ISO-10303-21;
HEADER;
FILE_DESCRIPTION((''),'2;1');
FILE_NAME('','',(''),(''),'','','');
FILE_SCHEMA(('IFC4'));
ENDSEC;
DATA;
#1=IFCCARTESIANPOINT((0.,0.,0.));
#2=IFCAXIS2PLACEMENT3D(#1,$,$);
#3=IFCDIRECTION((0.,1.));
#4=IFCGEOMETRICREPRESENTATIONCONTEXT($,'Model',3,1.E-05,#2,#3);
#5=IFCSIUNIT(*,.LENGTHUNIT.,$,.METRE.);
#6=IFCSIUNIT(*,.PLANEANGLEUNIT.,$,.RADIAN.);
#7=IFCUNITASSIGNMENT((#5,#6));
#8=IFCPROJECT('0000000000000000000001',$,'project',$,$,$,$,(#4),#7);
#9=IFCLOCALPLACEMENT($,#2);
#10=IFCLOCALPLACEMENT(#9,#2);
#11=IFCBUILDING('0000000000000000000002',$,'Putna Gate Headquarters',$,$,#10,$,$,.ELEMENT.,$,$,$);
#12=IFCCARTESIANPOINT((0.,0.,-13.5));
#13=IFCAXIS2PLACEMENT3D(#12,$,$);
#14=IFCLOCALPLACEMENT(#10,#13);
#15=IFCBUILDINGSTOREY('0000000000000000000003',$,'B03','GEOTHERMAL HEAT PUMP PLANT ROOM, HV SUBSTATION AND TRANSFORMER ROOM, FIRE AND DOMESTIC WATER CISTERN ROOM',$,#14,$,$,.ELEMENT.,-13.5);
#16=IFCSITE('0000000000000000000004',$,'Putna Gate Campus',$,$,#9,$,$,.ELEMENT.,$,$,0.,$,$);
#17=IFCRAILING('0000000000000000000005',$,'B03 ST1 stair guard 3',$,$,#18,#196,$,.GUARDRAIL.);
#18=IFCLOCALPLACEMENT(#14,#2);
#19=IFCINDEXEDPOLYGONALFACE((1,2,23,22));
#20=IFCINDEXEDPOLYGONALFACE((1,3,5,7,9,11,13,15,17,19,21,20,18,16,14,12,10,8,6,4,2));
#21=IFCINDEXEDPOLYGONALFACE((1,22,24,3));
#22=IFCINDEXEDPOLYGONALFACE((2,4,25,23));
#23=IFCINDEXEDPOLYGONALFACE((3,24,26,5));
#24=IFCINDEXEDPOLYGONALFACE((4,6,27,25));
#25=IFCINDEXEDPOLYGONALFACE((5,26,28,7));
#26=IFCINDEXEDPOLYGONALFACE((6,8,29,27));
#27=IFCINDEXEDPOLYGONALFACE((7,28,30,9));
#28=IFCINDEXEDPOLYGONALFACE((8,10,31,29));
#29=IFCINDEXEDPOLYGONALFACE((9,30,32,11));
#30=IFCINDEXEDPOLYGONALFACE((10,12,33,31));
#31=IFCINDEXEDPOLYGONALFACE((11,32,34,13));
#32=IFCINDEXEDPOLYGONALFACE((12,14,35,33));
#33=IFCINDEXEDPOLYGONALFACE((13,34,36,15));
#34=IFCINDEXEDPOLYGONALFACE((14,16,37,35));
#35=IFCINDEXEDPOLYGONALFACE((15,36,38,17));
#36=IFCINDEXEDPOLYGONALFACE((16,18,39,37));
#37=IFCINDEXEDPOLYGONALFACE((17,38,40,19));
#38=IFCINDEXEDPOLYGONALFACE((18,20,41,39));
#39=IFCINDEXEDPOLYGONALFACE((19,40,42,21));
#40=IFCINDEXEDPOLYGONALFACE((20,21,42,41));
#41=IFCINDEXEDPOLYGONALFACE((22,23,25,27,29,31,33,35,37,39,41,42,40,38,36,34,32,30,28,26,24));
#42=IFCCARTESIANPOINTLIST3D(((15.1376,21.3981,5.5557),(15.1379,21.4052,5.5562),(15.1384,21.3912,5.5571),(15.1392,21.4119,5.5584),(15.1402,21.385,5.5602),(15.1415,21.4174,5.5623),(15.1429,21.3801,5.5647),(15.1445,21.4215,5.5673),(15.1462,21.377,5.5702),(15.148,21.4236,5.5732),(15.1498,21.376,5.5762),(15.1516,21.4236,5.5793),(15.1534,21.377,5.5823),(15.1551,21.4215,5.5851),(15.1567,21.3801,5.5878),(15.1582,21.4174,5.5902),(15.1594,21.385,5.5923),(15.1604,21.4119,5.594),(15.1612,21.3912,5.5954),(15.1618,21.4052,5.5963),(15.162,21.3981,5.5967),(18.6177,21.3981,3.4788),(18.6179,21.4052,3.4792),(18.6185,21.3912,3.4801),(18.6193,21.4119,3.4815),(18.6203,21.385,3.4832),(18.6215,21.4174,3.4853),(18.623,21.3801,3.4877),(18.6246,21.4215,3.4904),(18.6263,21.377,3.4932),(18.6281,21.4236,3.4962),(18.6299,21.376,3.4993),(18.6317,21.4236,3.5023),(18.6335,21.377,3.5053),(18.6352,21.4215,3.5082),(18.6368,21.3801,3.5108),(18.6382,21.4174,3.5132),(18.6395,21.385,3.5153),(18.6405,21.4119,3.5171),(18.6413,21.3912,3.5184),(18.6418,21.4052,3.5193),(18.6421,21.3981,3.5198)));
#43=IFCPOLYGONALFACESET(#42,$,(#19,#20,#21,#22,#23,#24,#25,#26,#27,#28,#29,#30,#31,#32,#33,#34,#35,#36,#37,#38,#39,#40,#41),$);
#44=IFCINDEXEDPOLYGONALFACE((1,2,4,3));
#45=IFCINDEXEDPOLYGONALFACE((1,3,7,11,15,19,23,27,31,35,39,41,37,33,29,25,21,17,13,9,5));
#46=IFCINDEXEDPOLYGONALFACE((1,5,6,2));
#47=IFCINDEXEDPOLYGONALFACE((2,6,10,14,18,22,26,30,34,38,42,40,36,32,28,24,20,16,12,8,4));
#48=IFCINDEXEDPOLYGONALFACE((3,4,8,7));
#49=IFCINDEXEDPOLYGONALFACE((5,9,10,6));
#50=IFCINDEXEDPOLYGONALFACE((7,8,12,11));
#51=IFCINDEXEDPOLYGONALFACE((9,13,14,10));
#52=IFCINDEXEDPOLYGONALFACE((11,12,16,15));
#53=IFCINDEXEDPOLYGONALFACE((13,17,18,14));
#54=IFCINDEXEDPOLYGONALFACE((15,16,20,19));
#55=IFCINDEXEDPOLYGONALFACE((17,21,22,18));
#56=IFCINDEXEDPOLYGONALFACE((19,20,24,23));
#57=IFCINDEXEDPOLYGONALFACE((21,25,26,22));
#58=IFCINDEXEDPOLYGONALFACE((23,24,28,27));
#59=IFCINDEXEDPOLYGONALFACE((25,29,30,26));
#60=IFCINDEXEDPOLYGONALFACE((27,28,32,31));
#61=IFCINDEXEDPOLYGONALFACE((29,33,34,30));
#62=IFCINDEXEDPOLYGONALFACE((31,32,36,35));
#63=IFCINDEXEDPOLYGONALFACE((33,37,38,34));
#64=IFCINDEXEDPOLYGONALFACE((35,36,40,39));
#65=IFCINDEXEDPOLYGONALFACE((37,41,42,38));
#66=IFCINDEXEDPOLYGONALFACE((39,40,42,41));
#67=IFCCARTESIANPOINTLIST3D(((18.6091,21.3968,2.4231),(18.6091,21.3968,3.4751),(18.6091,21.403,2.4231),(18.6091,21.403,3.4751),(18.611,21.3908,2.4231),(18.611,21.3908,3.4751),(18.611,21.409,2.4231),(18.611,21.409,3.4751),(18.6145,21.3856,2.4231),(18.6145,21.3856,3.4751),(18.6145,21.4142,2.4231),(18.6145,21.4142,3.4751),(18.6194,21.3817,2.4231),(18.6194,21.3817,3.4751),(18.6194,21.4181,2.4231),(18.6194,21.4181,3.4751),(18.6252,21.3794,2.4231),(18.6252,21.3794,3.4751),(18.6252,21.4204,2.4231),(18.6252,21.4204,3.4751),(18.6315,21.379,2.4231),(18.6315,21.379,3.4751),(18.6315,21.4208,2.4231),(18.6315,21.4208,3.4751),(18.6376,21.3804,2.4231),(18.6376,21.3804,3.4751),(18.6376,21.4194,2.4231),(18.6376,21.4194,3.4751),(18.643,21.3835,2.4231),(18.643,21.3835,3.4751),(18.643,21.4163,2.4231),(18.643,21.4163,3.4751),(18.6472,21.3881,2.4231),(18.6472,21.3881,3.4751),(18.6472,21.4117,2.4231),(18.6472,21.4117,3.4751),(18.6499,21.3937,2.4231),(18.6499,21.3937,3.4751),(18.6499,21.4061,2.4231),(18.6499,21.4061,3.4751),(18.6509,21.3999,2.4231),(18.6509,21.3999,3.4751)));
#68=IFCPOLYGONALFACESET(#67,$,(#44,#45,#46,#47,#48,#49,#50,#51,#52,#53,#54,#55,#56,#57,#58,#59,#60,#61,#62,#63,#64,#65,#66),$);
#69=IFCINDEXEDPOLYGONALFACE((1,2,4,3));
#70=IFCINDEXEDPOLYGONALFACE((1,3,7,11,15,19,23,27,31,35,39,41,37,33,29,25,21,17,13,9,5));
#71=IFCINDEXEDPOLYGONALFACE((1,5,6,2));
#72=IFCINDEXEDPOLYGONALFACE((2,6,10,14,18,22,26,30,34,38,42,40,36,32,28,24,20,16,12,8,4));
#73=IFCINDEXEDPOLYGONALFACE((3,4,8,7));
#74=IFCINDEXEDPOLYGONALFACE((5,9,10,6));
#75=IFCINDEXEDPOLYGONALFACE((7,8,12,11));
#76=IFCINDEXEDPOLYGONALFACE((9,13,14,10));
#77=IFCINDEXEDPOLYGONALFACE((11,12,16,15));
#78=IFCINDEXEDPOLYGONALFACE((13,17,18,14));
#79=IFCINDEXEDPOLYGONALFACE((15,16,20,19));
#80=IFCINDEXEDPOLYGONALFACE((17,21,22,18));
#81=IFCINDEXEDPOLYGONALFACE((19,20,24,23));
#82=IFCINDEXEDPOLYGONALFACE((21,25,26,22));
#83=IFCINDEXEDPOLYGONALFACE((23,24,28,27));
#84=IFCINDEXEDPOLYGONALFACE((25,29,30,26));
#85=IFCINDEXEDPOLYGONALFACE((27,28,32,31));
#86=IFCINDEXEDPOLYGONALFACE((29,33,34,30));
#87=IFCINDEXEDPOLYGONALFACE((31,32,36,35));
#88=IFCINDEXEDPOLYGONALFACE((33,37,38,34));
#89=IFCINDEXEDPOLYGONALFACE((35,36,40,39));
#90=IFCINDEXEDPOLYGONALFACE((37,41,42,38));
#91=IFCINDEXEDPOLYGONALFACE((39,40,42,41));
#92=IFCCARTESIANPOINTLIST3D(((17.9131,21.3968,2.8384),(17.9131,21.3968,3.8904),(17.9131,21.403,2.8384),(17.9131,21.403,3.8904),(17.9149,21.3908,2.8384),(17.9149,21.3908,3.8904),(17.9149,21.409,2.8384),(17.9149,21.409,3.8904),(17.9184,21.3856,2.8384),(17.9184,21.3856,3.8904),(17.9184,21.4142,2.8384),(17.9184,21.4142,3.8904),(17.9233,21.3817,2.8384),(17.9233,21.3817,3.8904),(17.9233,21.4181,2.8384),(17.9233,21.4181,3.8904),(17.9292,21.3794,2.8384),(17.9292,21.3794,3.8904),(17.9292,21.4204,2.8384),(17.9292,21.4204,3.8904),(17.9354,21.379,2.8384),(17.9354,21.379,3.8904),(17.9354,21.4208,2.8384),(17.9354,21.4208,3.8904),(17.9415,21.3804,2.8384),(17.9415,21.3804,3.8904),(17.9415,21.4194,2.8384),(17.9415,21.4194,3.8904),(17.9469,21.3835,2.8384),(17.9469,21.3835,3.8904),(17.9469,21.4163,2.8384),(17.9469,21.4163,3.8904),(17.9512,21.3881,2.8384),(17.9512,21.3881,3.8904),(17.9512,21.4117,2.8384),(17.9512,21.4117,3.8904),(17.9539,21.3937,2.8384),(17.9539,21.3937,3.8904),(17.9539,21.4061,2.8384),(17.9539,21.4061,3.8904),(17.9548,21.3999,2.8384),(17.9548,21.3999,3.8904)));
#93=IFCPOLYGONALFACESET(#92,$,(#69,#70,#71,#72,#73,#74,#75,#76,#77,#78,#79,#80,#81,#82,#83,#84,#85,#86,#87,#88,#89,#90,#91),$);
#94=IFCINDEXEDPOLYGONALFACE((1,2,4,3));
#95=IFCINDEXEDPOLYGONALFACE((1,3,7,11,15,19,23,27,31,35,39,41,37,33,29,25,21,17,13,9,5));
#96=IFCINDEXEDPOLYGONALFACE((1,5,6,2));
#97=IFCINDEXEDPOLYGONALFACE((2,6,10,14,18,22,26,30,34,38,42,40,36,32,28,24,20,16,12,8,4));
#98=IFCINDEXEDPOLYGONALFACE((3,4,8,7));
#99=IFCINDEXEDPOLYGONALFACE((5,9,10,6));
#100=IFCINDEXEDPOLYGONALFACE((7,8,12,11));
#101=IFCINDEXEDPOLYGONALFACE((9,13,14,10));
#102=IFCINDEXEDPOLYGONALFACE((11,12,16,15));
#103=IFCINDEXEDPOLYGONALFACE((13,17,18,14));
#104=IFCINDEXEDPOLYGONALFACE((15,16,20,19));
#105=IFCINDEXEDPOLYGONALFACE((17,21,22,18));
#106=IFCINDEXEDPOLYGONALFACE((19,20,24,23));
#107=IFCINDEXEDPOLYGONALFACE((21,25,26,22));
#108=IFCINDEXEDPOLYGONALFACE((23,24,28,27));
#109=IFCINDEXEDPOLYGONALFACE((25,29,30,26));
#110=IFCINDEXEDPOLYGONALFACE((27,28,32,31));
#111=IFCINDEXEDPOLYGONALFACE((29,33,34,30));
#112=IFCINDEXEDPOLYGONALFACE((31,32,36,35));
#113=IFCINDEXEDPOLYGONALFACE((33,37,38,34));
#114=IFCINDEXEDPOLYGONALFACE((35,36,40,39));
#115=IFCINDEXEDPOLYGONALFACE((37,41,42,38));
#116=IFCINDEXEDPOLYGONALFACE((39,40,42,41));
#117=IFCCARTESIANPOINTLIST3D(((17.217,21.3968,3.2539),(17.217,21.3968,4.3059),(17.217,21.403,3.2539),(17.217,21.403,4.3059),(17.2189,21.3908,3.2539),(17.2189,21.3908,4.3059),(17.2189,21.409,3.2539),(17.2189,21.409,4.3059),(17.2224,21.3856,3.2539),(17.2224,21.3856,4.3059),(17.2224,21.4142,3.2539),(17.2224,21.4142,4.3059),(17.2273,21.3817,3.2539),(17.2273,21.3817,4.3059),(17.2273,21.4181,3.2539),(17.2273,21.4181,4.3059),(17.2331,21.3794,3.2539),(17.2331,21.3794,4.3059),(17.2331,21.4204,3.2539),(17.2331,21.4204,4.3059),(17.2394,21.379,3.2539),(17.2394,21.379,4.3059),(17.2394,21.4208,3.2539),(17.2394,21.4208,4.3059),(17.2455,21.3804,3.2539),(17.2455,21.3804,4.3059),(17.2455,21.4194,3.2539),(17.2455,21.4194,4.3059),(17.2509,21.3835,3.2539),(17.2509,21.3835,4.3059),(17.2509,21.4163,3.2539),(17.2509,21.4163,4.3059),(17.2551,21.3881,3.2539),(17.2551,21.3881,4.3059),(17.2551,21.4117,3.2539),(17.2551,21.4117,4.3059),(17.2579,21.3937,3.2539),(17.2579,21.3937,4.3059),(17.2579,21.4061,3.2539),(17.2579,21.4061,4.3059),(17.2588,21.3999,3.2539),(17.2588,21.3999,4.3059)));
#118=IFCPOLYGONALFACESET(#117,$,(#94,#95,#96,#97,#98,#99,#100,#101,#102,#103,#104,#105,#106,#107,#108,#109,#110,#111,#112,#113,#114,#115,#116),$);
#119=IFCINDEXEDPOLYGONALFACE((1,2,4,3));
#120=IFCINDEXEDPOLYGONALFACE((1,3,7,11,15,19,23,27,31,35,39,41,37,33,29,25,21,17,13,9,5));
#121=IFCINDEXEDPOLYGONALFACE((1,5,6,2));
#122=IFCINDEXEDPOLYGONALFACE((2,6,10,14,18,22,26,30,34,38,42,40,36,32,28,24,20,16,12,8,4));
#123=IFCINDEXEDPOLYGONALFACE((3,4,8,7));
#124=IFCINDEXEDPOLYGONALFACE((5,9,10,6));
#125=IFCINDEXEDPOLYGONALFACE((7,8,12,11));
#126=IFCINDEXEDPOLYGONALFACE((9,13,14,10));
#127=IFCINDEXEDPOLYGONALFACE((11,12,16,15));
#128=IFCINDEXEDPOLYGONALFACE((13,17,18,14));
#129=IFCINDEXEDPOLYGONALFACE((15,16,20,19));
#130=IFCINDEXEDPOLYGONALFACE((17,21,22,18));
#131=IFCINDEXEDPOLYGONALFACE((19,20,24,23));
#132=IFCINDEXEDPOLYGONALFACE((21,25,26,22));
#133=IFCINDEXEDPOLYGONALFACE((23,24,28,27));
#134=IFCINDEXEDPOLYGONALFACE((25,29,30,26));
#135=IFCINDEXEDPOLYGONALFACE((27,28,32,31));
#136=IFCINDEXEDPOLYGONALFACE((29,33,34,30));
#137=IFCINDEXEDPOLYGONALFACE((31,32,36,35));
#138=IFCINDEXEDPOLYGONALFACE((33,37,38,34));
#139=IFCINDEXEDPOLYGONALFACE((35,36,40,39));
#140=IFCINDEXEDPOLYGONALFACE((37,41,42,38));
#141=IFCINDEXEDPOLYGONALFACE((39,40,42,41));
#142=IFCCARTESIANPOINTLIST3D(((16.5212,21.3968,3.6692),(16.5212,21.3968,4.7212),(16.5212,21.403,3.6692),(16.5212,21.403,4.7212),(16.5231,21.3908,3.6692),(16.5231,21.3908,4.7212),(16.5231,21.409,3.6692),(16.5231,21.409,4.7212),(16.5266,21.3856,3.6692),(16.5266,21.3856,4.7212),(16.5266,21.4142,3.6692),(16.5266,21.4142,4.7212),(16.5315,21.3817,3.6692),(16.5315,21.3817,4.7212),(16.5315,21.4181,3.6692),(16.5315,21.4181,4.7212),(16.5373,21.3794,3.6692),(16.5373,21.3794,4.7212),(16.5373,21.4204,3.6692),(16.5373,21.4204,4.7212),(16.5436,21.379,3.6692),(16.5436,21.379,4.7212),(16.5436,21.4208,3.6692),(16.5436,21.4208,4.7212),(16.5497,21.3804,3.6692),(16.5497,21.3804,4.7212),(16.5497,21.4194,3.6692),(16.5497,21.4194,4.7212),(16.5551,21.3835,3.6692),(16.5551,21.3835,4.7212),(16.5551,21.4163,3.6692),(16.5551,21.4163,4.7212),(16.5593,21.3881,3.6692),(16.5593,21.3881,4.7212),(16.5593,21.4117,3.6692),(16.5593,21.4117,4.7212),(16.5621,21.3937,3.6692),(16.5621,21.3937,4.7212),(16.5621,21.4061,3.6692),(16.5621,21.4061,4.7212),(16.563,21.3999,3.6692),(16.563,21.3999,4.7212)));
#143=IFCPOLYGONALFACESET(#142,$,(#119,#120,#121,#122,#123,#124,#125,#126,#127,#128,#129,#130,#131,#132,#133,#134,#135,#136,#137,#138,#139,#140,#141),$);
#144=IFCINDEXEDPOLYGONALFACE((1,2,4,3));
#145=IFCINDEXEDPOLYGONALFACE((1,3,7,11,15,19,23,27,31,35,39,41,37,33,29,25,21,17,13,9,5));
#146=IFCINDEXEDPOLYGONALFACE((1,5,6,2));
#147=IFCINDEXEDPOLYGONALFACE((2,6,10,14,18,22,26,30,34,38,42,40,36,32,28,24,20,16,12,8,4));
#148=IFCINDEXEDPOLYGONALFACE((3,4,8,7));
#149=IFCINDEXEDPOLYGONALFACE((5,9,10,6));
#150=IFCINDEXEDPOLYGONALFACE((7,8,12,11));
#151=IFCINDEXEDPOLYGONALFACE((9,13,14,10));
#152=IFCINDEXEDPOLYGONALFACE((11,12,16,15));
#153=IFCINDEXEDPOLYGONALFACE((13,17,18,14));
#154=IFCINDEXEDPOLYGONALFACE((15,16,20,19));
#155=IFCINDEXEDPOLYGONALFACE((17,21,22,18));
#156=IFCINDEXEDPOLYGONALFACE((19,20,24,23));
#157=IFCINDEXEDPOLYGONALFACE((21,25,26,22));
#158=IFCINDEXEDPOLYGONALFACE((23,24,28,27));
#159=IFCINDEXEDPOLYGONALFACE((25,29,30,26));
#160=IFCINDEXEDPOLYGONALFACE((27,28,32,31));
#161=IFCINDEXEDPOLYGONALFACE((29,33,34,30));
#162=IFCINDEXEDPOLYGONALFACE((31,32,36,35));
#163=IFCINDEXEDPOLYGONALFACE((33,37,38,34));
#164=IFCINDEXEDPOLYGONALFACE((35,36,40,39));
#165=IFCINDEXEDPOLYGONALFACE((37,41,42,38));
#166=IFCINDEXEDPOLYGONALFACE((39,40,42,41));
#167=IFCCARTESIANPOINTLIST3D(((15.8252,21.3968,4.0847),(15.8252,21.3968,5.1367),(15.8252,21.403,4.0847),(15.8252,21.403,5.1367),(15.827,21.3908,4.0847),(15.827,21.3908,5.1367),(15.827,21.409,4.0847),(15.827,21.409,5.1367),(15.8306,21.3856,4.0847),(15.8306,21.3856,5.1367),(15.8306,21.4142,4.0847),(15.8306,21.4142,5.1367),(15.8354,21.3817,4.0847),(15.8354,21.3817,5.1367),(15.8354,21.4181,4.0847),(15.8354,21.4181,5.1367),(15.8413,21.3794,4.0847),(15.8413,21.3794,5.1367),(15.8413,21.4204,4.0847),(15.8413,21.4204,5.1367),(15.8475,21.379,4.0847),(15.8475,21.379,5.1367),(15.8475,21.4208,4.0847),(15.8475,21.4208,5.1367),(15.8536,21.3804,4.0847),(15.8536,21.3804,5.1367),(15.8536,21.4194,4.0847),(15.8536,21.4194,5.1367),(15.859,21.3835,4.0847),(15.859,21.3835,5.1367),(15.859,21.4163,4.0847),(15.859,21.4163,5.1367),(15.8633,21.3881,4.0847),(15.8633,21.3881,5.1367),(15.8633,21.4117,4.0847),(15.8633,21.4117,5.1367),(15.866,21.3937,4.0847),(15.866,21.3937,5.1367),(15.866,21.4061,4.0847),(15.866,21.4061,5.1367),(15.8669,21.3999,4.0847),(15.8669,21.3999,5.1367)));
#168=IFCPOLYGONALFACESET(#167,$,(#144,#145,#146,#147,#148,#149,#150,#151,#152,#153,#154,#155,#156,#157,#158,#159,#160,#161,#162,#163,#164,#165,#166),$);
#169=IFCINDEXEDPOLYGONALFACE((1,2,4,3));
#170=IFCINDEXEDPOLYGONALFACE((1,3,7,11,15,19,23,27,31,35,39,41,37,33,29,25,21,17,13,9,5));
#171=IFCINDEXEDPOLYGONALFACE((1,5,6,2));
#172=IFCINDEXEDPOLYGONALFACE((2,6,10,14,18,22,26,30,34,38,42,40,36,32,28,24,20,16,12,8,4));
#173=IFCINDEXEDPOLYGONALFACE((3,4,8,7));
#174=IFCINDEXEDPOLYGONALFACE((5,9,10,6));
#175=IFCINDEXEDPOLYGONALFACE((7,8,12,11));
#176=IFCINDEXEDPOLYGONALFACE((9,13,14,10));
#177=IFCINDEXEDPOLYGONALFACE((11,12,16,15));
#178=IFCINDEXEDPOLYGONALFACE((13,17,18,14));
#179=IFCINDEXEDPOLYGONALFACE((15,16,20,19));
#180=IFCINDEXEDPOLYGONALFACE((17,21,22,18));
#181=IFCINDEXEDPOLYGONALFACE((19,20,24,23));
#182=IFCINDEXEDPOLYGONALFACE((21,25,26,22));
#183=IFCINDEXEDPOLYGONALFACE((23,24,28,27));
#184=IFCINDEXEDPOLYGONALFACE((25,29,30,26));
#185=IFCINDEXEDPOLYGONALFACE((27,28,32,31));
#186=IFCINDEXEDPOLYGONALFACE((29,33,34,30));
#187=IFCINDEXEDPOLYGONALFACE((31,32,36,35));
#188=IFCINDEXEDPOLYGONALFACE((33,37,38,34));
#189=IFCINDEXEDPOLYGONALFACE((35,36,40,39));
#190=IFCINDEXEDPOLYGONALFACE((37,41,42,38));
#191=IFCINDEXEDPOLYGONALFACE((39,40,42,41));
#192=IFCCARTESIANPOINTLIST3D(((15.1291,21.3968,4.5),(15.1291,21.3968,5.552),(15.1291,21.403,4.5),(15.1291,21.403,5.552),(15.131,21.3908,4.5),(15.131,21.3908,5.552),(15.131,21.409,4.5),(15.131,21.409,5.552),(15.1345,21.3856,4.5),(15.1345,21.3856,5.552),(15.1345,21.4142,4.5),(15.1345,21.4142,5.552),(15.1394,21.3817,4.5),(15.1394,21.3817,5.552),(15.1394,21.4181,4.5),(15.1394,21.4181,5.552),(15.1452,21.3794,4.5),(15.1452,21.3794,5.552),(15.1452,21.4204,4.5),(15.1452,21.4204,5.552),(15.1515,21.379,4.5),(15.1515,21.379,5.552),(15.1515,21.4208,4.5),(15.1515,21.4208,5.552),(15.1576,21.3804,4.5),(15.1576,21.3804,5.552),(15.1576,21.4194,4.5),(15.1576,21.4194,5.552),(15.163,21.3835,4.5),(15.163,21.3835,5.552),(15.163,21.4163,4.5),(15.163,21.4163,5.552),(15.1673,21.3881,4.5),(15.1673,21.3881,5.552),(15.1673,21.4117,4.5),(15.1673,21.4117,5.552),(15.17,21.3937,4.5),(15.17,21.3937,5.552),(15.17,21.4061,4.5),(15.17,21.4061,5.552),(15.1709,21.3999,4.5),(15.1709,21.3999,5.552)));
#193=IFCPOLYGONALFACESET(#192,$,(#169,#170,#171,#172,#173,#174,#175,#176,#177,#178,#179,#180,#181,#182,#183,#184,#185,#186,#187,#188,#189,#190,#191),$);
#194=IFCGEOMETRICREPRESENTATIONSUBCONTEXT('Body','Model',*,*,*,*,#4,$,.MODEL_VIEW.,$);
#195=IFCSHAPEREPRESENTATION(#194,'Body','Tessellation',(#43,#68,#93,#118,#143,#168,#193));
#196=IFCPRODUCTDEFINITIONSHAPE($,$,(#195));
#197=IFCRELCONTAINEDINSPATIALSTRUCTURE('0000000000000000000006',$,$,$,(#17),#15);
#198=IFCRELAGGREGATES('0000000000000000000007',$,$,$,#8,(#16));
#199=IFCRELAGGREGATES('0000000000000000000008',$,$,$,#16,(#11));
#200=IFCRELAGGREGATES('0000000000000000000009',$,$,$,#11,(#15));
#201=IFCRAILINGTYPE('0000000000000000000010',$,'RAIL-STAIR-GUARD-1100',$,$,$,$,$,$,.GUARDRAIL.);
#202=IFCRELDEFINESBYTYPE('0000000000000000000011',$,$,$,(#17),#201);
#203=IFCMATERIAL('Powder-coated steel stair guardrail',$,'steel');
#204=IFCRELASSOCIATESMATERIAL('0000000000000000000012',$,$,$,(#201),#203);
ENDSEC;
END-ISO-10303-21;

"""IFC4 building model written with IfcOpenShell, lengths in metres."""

from ifc_helpers import new_model, si_unit, direction, frame, origin, origin_2d, place, context, subcontext, project, spatial, circle, extrude, material, type_object, element, save


model = new_model("IFC4")

# Units and contexts
model_context = context("Model", 3, precision=1e-05, world=origin(), true_north=direction((0.0, 1.0)))
body_context = subcontext(model_context, "Body", "Model", "MODEL_VIEW")
ifc_project = project(units=[si_unit("LENGTHUNIT", "METRE"), si_unit("PLANEANGLEUNIT", "RADIAN")], contexts=[model_context])

# Site, building, storey
site_placement = place(None, origin())
site = spatial("IfcSite", under=ifc_project, at=site_placement, Name="Putna Gate Campus", CompositionType="ELEMENT", RefElevation=0.0)
building_placement = place(site_placement, origin())
building = spatial("IfcBuilding", under=site, at=building_placement, Name="Putna Gate Headquarters", CompositionType="ELEMENT")
storey_placement = place(building_placement, frame((0.0, 0.0, -13.5)))
storey = spatial("IfcBuildingStorey", under=building, at=storey_placement, Name="B03", Description="GEOTHERMAL HEAT PUMP PLANT ROOM, HV SUBSTATION AND TRANSFORMER ROOM, FIRE AND DOMESTIC WATER CISTERN ROOM", CompositionType="ELEMENT", Elevation=-13.5)

# Railing
ifc_material_1 = material(Name="Powder-coated steel stair guardrail", Category="steel")
railing_type_1 = type_object("IfcRailingType", Name="RAIL-STAIR-GUARD-1100", PredefinedType="GUARDRAIL", material=ifc_material_1)
railing_1_placement = place(storey_placement, frame((18.6299, 21.3999, 2.4231)))
element("IfcRailing", 1, at=railing_1_placement, inside=storey, type_object=railing_type_1, Name="B03 ST1 stair guard 3", PredefinedType="GUARDRAIL", context=body_context, shape_type="SweptSolid", body=[
    extrude(circle(Radius=0.0239, at=origin_2d()), frame((0.0, 0.0, 1.0762), z_axis=(-0.858697, 0.0, 0.512483), x_axis=(0.0, -1.0, 0.0)), (0.0, 0.0, 1.0), 4.0527),
    extrude(circle(Radius=0.021, at=origin_2d()), origin(), (0.0, 0.0, 1.0), 1.052),
    extrude(circle(Radius=0.021, at=origin_2d()), frame((-0.696, 0.0, 0.4153)), (0.0, 0.0, 1.0), 1.052),
    extrude(circle(Radius=0.021, at=origin_2d()), frame((-1.3921, 0.0, 0.8308)), (0.0, 0.0, 1.0), 1.052),
    extrude(circle(Radius=0.021, at=origin_2d()), frame((-2.0879, 0.0, 1.2461)), (0.0, 0.0, 1.0), 1.052),
    extrude(circle(Radius=0.021, at=origin_2d()), frame((-2.7839, 0.0, 1.6616)), (0.0, 0.0, 1.0), 1.052),
    extrude(circle(Radius=0.021, at=origin_2d()), frame((-3.48, 0.0, 2.0769)), (0.0, 0.0, 1.0), 1.052),
])

save(model, "model.ifc")
